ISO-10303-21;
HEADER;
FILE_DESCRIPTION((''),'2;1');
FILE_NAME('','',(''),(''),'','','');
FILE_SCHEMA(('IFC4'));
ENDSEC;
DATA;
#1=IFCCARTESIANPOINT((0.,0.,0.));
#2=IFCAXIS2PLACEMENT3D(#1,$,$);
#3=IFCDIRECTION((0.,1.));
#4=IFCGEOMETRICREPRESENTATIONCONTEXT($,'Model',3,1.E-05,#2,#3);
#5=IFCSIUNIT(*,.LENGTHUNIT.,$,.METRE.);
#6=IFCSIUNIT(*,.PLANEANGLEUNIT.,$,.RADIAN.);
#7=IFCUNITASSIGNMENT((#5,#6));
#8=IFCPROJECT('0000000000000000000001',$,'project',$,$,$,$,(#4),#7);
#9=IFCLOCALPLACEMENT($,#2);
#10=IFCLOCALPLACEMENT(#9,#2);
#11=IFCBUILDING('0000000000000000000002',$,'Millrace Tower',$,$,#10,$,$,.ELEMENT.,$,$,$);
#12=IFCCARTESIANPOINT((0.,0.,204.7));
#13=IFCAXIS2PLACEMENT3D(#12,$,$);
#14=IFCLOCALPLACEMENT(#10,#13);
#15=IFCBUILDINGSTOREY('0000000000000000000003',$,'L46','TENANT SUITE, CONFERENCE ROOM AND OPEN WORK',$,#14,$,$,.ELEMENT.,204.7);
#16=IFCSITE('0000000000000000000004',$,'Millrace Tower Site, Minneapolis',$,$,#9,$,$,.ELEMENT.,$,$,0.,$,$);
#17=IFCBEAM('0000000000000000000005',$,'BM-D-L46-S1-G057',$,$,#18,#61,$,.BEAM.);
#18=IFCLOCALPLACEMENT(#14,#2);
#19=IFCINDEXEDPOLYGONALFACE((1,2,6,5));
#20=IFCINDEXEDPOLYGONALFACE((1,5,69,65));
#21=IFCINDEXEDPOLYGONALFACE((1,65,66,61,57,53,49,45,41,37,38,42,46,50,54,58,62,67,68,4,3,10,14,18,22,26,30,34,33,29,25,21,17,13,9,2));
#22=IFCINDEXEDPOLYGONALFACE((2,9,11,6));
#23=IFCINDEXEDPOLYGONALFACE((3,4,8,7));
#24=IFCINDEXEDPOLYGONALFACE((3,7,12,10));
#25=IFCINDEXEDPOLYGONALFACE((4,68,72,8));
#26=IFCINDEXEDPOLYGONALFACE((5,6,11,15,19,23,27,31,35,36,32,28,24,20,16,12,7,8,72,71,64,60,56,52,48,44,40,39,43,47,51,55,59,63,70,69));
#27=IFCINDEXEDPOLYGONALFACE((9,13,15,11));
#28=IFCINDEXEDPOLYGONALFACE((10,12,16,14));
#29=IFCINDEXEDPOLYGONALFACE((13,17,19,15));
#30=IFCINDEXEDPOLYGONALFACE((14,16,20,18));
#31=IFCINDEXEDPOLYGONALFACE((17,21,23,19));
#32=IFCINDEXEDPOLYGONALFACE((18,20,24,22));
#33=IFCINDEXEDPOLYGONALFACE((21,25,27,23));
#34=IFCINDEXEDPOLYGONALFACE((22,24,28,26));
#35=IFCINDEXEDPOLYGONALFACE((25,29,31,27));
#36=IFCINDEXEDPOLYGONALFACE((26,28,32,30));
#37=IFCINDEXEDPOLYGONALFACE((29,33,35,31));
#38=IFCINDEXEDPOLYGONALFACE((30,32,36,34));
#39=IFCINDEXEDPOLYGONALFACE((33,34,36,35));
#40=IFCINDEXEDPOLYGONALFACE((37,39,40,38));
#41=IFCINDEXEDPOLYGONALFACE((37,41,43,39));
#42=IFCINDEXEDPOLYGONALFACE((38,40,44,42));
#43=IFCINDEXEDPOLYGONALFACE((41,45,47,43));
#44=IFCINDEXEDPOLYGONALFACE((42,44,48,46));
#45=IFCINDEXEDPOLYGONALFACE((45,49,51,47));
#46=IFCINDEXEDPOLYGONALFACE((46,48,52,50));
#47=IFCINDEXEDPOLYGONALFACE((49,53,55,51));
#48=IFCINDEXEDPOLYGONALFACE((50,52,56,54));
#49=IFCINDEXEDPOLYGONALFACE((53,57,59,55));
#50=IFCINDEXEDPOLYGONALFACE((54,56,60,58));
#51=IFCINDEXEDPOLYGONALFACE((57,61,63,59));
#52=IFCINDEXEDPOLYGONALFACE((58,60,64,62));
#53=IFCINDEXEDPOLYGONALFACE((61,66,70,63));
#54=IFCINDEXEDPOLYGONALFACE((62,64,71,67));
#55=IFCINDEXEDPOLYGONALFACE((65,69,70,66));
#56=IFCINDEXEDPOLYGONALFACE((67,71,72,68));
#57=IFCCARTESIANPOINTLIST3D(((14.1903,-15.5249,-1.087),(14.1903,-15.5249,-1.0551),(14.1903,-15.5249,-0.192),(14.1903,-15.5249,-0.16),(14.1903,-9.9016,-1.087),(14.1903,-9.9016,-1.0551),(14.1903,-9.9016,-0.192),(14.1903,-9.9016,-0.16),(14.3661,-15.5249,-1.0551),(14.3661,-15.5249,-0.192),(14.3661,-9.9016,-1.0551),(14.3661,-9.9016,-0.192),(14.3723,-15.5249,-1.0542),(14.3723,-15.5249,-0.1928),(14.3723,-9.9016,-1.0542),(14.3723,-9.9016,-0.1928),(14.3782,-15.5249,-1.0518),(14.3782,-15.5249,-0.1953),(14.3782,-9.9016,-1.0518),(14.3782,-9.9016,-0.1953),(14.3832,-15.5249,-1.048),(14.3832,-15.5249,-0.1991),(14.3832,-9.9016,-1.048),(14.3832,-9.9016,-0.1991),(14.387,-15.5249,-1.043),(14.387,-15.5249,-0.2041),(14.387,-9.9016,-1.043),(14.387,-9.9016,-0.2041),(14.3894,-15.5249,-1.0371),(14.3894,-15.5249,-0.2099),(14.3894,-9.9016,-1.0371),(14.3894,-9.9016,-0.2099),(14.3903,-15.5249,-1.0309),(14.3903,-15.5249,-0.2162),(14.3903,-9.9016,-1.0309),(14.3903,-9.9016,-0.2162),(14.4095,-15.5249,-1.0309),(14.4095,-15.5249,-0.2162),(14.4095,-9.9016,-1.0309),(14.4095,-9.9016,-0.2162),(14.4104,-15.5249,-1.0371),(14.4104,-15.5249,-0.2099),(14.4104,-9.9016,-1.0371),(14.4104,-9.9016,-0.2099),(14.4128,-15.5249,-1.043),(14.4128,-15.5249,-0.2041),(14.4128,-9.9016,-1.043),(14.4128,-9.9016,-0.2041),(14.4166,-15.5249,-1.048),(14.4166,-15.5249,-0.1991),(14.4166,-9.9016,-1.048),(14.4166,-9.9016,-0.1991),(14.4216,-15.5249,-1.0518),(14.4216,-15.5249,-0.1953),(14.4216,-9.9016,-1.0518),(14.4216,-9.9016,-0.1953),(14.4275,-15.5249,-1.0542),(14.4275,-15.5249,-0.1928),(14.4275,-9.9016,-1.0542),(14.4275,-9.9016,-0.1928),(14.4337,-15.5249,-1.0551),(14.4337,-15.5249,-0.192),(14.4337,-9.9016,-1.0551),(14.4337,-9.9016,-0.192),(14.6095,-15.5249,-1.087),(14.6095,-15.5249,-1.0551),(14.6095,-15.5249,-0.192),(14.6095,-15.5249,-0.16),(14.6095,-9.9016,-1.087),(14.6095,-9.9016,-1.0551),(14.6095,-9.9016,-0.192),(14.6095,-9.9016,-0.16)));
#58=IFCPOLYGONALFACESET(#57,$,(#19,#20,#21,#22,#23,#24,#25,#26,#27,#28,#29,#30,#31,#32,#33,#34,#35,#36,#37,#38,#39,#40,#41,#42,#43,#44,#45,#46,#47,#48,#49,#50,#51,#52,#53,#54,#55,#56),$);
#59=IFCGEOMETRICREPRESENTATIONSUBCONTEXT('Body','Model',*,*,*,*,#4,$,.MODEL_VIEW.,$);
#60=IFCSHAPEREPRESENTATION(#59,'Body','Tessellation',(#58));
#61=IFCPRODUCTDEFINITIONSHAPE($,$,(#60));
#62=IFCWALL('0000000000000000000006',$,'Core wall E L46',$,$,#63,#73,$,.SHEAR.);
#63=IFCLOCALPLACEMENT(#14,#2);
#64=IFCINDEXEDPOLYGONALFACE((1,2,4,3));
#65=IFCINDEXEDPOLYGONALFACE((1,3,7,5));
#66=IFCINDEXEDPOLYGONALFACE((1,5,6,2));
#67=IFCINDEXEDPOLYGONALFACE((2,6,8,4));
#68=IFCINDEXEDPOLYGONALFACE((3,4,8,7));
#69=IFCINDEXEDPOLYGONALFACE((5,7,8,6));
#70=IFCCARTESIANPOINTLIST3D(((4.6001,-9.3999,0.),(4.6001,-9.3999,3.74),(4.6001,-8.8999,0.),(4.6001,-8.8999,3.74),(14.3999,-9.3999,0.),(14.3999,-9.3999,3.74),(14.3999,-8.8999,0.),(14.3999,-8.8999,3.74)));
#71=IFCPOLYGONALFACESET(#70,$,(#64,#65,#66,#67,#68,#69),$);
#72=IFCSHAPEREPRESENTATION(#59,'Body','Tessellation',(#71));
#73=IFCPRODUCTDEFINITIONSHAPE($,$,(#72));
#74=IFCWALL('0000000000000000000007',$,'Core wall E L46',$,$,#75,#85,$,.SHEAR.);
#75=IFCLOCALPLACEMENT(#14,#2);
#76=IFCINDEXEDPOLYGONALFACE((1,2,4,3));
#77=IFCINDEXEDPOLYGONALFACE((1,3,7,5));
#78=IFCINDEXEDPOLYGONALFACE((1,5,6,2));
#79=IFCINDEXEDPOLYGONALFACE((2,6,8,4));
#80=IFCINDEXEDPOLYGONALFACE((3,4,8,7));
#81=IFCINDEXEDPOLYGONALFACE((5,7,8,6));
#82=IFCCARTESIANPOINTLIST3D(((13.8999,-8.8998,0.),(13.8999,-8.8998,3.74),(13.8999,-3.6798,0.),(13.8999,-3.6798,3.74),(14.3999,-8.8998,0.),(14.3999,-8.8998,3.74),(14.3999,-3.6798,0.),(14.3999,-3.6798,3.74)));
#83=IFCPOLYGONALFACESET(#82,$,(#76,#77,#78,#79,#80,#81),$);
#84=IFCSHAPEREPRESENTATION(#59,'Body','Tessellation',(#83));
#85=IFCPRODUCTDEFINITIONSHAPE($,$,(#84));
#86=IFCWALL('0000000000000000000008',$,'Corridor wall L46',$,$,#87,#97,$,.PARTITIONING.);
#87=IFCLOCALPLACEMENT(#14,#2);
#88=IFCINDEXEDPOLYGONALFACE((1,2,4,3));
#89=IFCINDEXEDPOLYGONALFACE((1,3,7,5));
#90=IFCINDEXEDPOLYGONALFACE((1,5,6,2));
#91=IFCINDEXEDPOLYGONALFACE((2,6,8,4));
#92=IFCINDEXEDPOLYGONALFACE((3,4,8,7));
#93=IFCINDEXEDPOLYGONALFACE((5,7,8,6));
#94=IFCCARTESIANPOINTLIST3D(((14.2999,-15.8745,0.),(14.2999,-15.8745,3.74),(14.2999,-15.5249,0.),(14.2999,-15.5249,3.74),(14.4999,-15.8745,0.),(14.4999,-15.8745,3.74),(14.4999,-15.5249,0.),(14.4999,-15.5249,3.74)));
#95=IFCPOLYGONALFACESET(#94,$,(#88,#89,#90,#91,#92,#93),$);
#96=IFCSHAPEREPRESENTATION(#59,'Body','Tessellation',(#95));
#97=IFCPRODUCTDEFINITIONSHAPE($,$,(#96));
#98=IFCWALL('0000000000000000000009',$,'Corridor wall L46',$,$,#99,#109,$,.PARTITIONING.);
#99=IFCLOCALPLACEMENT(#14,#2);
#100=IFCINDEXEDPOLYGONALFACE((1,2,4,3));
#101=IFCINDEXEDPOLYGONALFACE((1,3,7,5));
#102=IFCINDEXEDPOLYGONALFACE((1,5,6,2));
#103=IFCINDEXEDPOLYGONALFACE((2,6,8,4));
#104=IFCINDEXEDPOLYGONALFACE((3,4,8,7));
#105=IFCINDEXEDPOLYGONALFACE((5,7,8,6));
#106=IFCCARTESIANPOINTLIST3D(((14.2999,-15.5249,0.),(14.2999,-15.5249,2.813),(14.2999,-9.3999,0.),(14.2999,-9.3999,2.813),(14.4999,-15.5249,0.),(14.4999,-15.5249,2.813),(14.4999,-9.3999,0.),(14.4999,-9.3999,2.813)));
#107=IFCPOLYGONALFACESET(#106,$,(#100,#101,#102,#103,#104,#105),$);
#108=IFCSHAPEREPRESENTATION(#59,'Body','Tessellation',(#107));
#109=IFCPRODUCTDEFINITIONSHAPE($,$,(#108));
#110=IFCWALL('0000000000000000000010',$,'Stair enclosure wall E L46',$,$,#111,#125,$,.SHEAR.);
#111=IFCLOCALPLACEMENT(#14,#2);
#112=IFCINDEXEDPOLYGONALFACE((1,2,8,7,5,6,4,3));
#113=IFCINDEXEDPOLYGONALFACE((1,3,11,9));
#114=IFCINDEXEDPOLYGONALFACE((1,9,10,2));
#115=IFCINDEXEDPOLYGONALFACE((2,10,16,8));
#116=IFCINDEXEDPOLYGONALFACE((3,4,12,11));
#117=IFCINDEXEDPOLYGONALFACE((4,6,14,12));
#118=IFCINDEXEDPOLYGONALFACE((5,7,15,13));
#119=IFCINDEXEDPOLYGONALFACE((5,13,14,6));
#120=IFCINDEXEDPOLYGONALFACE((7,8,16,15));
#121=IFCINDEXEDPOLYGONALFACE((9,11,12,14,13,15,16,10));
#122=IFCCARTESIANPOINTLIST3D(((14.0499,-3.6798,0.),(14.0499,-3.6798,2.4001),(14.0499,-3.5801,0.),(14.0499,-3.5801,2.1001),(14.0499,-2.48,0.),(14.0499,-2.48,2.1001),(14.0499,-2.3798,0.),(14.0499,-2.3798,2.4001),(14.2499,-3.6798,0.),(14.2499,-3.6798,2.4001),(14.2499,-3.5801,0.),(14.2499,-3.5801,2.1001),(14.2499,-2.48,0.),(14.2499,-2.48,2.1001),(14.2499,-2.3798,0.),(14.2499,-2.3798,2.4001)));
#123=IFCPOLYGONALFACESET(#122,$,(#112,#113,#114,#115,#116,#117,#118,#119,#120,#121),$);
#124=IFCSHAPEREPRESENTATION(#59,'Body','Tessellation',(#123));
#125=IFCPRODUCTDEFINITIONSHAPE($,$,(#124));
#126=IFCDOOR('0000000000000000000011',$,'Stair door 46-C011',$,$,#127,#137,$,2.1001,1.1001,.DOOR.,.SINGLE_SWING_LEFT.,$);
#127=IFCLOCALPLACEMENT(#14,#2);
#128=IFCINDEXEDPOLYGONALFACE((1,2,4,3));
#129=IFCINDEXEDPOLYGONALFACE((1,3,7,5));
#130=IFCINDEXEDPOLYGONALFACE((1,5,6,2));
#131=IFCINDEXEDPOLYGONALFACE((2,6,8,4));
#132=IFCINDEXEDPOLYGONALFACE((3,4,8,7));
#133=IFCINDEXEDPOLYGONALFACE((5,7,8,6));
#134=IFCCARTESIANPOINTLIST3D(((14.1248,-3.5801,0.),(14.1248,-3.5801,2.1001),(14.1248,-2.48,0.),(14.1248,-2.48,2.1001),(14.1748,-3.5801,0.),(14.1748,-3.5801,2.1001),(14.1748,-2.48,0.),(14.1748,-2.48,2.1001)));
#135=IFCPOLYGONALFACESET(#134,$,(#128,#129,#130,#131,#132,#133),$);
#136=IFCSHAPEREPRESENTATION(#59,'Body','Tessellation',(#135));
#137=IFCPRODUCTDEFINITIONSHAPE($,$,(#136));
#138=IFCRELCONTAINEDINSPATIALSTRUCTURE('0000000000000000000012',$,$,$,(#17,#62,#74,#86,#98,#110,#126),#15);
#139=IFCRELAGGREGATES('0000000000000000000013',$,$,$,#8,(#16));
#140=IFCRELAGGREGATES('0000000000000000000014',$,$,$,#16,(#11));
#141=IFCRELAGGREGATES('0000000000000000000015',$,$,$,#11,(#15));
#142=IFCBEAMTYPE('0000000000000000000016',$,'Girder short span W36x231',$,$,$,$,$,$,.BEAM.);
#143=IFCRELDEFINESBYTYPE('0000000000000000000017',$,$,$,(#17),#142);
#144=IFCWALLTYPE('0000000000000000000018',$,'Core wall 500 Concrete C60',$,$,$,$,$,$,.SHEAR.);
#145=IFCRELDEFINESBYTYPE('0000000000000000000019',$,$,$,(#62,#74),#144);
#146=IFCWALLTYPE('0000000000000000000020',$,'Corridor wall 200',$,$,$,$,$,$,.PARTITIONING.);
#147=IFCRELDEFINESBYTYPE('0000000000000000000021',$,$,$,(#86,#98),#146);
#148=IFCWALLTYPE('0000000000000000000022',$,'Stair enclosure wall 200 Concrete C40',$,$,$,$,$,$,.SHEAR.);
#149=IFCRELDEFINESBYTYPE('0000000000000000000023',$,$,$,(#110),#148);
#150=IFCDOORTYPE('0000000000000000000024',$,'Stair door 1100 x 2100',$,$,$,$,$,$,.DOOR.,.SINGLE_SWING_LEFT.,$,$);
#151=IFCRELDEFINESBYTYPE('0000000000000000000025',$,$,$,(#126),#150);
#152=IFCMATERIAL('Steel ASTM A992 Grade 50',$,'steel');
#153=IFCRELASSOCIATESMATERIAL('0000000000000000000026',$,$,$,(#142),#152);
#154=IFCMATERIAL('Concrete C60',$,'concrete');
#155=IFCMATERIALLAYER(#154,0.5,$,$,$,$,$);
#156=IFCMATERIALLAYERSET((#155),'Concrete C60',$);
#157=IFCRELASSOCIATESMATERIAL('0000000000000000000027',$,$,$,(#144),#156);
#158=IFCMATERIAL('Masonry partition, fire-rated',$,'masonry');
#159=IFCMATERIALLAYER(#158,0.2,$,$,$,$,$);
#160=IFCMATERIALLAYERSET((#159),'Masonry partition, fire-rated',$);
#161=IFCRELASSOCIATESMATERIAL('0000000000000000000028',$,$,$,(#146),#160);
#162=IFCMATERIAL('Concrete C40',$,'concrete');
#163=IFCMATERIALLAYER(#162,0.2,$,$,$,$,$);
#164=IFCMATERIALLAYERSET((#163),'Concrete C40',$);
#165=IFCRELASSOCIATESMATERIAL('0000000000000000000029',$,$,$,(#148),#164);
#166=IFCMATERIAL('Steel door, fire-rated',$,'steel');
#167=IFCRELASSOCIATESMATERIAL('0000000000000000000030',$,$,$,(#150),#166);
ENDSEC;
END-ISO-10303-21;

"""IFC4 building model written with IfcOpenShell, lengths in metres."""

from ifc_helpers import new_model, si_unit, direction, frame, frame_2d, origin, origin_2d, place, context, subcontext, project, spatial, rectangle, i_section, extrude, material, layer, layer_set, material_profile, profile_set, type_object, element, fill, save


model = new_model("IFC4")

# Units and contexts
model_context = context("Model", 3, precision=1e-05, world=origin(), true_north=direction((0.0, 1.0)))
body_context = subcontext(model_context, "Body", "Model", "MODEL_VIEW")
ifc_project = project(units=[si_unit("LENGTHUNIT", "METRE"), si_unit("PLANEANGLEUNIT", "RADIAN")], contexts=[model_context])

# Site, building, storey
site_placement = place(None, origin())
site = spatial("IfcSite", under=ifc_project, at=site_placement, Name="Millrace Tower Site, Minneapolis", CompositionType="ELEMENT", RefElevation=0.0)
building_placement = place(site_placement, origin())
building = spatial("IfcBuilding", under=site, at=building_placement, Name="Millrace Tower", CompositionType="ELEMENT")
storey_placement = place(building_placement, frame((0.0, 0.0, 204.7)))
storey = spatial("IfcBuildingStorey", under=building, at=storey_placement, Name="L46", Description="TENANT SUITE, CONFERENCE ROOM AND OPEN WORK", CompositionType="ELEMENT", Elevation=204.7)

# Beam
ifc_material_1 = material(Name="Steel ASTM A992 Grade 50", Category="steel")
ifc_material_profile_1 = material_profile(ifc_material_1, i_section(OverallWidth=0.4192, OverallDepth=0.927, WebThickness=0.0193, FlangeThickness=0.032, FilletRadius=0.0242, at=origin_2d()))
ifc_profile_set_1 = profile_set([ifc_material_profile_1], Name="Steel ASTM A992 Grade 50")
beam_type_1 = type_object("IfcBeamType", Name="Girder short span W36x231", PredefinedType="BEAM", material=ifc_profile_set_1)
beam_1_placement = place(storey_placement, frame((14.3999, -15.5249, -0.6235), z_axis=(0.0, 1.0, 0.0), x_axis=(-1.0, 0.0, 0.0)))
element("IfcBeam", 1, at=beam_1_placement, inside=storey, type_object=beam_type_1, Name="BM-D-L46-S1-G057", PredefinedType="BEAM", context=body_context, shape_type="SweptSolid", body=[
    extrude(i_section(OverallWidth=0.4192, OverallDepth=0.927, WebThickness=0.0193, FlangeThickness=0.032, FilletRadius=0.0242, at=origin_2d()), origin(), (0.0, 0.0, 1.0), 5.6233),
])

# Walls
ifc_material_2 = material(Name="Concrete C60", Category="concrete")
ifc_layer_1 = layer(ifc_material_2, 0.5)
ifc_layer_set_1 = layer_set([ifc_layer_1], Name="Concrete C60")
wall_type_1 = type_object("IfcWallType", Name="Core wall 500 Concrete C60", PredefinedType="SHEAR", material=ifc_layer_set_1)
wall_1_placement = place(storey_placement, frame((14.3999, -9.1499, 0.0), z_axis=(0.0, 0.0, 1.0), x_axis=(-1.0, 0.0, 0.0)))
element("IfcWall", 2, at=wall_1_placement, inside=storey, type_object=wall_type_1, Name="Core wall E L46", PredefinedType="SHEAR", context=body_context, shape_type="SweptSolid", body=[
    extrude(rectangle(XDim=9.7998, YDim=0.5, at=frame_2d((4.8999, 0.0))), origin(), (0.0, 0.0, 1.0), 3.74),
])
wall_2_placement = place(storey_placement, frame((14.1499, -3.6799, 0.0), z_axis=(0.0, 0.0, 1.0), x_axis=(0.0, -1.0, 0.0)))
element("IfcWall", 3, at=wall_2_placement, inside=storey, type_object=wall_type_1, Name="Core wall E L46", PredefinedType="SHEAR", context=body_context, shape_type="SweptSolid", body=[
    extrude(rectangle(XDim=5.22, YDim=0.5, at=frame_2d((2.6099, 0.0))), origin(), (0.0, 0.0, 1.0), 3.74),
])
ifc_material_3 = material(Name="Masonry partition, fire-rated", Category="masonry")
ifc_layer_2 = layer(ifc_material_3, 0.2)
ifc_layer_set_2 = layer_set([ifc_layer_2], Name="Masonry partition, fire-rated")
wall_type_2 = type_object("IfcWallType", Name="Corridor wall 200", PredefinedType="PARTITIONING", material=ifc_layer_set_2)
wall_3_placement = place(storey_placement, frame((14.3999, -15.8745, 0.0), z_axis=(0.0, 0.0, 1.0), x_axis=(0.0, 1.0, 0.0)))
element("IfcWall", 4, at=wall_3_placement, inside=storey, type_object=wall_type_2, Name="Corridor wall L46", PredefinedType="PARTITIONING", context=body_context, shape_type="SweptSolid", body=[
    extrude(rectangle(XDim=0.3496, YDim=0.2, at=frame_2d((0.1748, 0.0))), origin(), (0.0, 0.0, 1.0), 3.74),
])
wall_4_placement = place(storey_placement, frame((14.3999, -15.5249, 0.0), z_axis=(0.0, 0.0, 1.0), x_axis=(0.0, 1.0, 0.0)))
element("IfcWall", 5, at=wall_4_placement, inside=storey, type_object=wall_type_2, Name="Corridor wall L46", PredefinedType="PARTITIONING", context=body_context, shape_type="SweptSolid", body=[
    extrude(rectangle(XDim=6.125, YDim=0.2, at=frame_2d((3.0625, 0.0))), origin(), (0.0, 0.0, 1.0), 2.813),
])

# Wall, opening, door
ifc_material_4 = material(Name="Concrete C40", Category="concrete")
ifc_layer_3 = layer(ifc_material_4, 0.2)
ifc_layer_set_3 = layer_set([ifc_layer_3], Name="Concrete C40")
wall_type_3 = type_object("IfcWallType", Name="Stair enclosure wall 200 Concrete C40", PredefinedType="SHEAR", material=ifc_layer_set_3)
wall_5_placement = place(storey_placement, frame((14.1499, -2.3799, 0.0), z_axis=(0.0, 0.0, 1.0), x_axis=(0.0, -1.0, 0.0)))
wall_5 = element("IfcWall", 6, at=wall_5_placement, inside=storey, type_object=wall_type_3, Name="Stair enclosure wall E L46", PredefinedType="SHEAR", context=body_context, shape_type="SweptSolid", body=[
    extrude(rectangle(XDim=1.3, YDim=0.2, at=frame_2d((0.6499, 0.0))), origin(), (0.0, 0.0, 1.0), 2.4001),
])
opening_1_placement = place(wall_5_placement, frame((0.1001, 0.0, 0.0)))
opening_1 = element("IfcOpeningElement", 7, at=opening_1_placement, cuts=wall_5, PredefinedType="OPENING", context=body_context, shape_type="SweptSolid", body=[
    extrude(rectangle(XDim=1.1001, YDim=2.1001, at=frame_2d((0.55, 1.05))), frame((0.0, 0.1099, 0.0), z_axis=(0.0, -1.0, 0.0), x_axis=(1.0, 0.0, 0.0)), (0.0, 0.0, 1.0), 0.22),
])
ifc_material_5 = material(Name="Steel door, fire-rated", Category="steel")
door_type_1 = type_object("IfcDoorType", Name="Stair door 1100 x 2100", OperationType="SINGLE_SWING_LEFT", PredefinedType="DOOR", material=ifc_material_5)
door_1_placement = place(opening_1_placement, origin())
door_1 = element("IfcDoor", 8, at=door_1_placement, inside=storey, type_object=door_type_1, Name="Stair door 46-C011", OperationType="SINGLE_SWING_LEFT", OverallHeight=2.1001, OverallWidth=1.1001, PredefinedType="DOOR", context=body_context, shape_type="SweptSolid", body=[
    extrude(rectangle(XDim=1.1001, YDim=2.1001, at=frame_2d((0.55, 1.05))), frame((0.0, 0.0249, 0.0), z_axis=(0.0, -1.0, 0.0), x_axis=(1.0, 0.0, 0.0)), (0.0, 0.0, 1.0), 0.05),
])
fill(opening_1, door_1)

save(model, "model.ifc")
